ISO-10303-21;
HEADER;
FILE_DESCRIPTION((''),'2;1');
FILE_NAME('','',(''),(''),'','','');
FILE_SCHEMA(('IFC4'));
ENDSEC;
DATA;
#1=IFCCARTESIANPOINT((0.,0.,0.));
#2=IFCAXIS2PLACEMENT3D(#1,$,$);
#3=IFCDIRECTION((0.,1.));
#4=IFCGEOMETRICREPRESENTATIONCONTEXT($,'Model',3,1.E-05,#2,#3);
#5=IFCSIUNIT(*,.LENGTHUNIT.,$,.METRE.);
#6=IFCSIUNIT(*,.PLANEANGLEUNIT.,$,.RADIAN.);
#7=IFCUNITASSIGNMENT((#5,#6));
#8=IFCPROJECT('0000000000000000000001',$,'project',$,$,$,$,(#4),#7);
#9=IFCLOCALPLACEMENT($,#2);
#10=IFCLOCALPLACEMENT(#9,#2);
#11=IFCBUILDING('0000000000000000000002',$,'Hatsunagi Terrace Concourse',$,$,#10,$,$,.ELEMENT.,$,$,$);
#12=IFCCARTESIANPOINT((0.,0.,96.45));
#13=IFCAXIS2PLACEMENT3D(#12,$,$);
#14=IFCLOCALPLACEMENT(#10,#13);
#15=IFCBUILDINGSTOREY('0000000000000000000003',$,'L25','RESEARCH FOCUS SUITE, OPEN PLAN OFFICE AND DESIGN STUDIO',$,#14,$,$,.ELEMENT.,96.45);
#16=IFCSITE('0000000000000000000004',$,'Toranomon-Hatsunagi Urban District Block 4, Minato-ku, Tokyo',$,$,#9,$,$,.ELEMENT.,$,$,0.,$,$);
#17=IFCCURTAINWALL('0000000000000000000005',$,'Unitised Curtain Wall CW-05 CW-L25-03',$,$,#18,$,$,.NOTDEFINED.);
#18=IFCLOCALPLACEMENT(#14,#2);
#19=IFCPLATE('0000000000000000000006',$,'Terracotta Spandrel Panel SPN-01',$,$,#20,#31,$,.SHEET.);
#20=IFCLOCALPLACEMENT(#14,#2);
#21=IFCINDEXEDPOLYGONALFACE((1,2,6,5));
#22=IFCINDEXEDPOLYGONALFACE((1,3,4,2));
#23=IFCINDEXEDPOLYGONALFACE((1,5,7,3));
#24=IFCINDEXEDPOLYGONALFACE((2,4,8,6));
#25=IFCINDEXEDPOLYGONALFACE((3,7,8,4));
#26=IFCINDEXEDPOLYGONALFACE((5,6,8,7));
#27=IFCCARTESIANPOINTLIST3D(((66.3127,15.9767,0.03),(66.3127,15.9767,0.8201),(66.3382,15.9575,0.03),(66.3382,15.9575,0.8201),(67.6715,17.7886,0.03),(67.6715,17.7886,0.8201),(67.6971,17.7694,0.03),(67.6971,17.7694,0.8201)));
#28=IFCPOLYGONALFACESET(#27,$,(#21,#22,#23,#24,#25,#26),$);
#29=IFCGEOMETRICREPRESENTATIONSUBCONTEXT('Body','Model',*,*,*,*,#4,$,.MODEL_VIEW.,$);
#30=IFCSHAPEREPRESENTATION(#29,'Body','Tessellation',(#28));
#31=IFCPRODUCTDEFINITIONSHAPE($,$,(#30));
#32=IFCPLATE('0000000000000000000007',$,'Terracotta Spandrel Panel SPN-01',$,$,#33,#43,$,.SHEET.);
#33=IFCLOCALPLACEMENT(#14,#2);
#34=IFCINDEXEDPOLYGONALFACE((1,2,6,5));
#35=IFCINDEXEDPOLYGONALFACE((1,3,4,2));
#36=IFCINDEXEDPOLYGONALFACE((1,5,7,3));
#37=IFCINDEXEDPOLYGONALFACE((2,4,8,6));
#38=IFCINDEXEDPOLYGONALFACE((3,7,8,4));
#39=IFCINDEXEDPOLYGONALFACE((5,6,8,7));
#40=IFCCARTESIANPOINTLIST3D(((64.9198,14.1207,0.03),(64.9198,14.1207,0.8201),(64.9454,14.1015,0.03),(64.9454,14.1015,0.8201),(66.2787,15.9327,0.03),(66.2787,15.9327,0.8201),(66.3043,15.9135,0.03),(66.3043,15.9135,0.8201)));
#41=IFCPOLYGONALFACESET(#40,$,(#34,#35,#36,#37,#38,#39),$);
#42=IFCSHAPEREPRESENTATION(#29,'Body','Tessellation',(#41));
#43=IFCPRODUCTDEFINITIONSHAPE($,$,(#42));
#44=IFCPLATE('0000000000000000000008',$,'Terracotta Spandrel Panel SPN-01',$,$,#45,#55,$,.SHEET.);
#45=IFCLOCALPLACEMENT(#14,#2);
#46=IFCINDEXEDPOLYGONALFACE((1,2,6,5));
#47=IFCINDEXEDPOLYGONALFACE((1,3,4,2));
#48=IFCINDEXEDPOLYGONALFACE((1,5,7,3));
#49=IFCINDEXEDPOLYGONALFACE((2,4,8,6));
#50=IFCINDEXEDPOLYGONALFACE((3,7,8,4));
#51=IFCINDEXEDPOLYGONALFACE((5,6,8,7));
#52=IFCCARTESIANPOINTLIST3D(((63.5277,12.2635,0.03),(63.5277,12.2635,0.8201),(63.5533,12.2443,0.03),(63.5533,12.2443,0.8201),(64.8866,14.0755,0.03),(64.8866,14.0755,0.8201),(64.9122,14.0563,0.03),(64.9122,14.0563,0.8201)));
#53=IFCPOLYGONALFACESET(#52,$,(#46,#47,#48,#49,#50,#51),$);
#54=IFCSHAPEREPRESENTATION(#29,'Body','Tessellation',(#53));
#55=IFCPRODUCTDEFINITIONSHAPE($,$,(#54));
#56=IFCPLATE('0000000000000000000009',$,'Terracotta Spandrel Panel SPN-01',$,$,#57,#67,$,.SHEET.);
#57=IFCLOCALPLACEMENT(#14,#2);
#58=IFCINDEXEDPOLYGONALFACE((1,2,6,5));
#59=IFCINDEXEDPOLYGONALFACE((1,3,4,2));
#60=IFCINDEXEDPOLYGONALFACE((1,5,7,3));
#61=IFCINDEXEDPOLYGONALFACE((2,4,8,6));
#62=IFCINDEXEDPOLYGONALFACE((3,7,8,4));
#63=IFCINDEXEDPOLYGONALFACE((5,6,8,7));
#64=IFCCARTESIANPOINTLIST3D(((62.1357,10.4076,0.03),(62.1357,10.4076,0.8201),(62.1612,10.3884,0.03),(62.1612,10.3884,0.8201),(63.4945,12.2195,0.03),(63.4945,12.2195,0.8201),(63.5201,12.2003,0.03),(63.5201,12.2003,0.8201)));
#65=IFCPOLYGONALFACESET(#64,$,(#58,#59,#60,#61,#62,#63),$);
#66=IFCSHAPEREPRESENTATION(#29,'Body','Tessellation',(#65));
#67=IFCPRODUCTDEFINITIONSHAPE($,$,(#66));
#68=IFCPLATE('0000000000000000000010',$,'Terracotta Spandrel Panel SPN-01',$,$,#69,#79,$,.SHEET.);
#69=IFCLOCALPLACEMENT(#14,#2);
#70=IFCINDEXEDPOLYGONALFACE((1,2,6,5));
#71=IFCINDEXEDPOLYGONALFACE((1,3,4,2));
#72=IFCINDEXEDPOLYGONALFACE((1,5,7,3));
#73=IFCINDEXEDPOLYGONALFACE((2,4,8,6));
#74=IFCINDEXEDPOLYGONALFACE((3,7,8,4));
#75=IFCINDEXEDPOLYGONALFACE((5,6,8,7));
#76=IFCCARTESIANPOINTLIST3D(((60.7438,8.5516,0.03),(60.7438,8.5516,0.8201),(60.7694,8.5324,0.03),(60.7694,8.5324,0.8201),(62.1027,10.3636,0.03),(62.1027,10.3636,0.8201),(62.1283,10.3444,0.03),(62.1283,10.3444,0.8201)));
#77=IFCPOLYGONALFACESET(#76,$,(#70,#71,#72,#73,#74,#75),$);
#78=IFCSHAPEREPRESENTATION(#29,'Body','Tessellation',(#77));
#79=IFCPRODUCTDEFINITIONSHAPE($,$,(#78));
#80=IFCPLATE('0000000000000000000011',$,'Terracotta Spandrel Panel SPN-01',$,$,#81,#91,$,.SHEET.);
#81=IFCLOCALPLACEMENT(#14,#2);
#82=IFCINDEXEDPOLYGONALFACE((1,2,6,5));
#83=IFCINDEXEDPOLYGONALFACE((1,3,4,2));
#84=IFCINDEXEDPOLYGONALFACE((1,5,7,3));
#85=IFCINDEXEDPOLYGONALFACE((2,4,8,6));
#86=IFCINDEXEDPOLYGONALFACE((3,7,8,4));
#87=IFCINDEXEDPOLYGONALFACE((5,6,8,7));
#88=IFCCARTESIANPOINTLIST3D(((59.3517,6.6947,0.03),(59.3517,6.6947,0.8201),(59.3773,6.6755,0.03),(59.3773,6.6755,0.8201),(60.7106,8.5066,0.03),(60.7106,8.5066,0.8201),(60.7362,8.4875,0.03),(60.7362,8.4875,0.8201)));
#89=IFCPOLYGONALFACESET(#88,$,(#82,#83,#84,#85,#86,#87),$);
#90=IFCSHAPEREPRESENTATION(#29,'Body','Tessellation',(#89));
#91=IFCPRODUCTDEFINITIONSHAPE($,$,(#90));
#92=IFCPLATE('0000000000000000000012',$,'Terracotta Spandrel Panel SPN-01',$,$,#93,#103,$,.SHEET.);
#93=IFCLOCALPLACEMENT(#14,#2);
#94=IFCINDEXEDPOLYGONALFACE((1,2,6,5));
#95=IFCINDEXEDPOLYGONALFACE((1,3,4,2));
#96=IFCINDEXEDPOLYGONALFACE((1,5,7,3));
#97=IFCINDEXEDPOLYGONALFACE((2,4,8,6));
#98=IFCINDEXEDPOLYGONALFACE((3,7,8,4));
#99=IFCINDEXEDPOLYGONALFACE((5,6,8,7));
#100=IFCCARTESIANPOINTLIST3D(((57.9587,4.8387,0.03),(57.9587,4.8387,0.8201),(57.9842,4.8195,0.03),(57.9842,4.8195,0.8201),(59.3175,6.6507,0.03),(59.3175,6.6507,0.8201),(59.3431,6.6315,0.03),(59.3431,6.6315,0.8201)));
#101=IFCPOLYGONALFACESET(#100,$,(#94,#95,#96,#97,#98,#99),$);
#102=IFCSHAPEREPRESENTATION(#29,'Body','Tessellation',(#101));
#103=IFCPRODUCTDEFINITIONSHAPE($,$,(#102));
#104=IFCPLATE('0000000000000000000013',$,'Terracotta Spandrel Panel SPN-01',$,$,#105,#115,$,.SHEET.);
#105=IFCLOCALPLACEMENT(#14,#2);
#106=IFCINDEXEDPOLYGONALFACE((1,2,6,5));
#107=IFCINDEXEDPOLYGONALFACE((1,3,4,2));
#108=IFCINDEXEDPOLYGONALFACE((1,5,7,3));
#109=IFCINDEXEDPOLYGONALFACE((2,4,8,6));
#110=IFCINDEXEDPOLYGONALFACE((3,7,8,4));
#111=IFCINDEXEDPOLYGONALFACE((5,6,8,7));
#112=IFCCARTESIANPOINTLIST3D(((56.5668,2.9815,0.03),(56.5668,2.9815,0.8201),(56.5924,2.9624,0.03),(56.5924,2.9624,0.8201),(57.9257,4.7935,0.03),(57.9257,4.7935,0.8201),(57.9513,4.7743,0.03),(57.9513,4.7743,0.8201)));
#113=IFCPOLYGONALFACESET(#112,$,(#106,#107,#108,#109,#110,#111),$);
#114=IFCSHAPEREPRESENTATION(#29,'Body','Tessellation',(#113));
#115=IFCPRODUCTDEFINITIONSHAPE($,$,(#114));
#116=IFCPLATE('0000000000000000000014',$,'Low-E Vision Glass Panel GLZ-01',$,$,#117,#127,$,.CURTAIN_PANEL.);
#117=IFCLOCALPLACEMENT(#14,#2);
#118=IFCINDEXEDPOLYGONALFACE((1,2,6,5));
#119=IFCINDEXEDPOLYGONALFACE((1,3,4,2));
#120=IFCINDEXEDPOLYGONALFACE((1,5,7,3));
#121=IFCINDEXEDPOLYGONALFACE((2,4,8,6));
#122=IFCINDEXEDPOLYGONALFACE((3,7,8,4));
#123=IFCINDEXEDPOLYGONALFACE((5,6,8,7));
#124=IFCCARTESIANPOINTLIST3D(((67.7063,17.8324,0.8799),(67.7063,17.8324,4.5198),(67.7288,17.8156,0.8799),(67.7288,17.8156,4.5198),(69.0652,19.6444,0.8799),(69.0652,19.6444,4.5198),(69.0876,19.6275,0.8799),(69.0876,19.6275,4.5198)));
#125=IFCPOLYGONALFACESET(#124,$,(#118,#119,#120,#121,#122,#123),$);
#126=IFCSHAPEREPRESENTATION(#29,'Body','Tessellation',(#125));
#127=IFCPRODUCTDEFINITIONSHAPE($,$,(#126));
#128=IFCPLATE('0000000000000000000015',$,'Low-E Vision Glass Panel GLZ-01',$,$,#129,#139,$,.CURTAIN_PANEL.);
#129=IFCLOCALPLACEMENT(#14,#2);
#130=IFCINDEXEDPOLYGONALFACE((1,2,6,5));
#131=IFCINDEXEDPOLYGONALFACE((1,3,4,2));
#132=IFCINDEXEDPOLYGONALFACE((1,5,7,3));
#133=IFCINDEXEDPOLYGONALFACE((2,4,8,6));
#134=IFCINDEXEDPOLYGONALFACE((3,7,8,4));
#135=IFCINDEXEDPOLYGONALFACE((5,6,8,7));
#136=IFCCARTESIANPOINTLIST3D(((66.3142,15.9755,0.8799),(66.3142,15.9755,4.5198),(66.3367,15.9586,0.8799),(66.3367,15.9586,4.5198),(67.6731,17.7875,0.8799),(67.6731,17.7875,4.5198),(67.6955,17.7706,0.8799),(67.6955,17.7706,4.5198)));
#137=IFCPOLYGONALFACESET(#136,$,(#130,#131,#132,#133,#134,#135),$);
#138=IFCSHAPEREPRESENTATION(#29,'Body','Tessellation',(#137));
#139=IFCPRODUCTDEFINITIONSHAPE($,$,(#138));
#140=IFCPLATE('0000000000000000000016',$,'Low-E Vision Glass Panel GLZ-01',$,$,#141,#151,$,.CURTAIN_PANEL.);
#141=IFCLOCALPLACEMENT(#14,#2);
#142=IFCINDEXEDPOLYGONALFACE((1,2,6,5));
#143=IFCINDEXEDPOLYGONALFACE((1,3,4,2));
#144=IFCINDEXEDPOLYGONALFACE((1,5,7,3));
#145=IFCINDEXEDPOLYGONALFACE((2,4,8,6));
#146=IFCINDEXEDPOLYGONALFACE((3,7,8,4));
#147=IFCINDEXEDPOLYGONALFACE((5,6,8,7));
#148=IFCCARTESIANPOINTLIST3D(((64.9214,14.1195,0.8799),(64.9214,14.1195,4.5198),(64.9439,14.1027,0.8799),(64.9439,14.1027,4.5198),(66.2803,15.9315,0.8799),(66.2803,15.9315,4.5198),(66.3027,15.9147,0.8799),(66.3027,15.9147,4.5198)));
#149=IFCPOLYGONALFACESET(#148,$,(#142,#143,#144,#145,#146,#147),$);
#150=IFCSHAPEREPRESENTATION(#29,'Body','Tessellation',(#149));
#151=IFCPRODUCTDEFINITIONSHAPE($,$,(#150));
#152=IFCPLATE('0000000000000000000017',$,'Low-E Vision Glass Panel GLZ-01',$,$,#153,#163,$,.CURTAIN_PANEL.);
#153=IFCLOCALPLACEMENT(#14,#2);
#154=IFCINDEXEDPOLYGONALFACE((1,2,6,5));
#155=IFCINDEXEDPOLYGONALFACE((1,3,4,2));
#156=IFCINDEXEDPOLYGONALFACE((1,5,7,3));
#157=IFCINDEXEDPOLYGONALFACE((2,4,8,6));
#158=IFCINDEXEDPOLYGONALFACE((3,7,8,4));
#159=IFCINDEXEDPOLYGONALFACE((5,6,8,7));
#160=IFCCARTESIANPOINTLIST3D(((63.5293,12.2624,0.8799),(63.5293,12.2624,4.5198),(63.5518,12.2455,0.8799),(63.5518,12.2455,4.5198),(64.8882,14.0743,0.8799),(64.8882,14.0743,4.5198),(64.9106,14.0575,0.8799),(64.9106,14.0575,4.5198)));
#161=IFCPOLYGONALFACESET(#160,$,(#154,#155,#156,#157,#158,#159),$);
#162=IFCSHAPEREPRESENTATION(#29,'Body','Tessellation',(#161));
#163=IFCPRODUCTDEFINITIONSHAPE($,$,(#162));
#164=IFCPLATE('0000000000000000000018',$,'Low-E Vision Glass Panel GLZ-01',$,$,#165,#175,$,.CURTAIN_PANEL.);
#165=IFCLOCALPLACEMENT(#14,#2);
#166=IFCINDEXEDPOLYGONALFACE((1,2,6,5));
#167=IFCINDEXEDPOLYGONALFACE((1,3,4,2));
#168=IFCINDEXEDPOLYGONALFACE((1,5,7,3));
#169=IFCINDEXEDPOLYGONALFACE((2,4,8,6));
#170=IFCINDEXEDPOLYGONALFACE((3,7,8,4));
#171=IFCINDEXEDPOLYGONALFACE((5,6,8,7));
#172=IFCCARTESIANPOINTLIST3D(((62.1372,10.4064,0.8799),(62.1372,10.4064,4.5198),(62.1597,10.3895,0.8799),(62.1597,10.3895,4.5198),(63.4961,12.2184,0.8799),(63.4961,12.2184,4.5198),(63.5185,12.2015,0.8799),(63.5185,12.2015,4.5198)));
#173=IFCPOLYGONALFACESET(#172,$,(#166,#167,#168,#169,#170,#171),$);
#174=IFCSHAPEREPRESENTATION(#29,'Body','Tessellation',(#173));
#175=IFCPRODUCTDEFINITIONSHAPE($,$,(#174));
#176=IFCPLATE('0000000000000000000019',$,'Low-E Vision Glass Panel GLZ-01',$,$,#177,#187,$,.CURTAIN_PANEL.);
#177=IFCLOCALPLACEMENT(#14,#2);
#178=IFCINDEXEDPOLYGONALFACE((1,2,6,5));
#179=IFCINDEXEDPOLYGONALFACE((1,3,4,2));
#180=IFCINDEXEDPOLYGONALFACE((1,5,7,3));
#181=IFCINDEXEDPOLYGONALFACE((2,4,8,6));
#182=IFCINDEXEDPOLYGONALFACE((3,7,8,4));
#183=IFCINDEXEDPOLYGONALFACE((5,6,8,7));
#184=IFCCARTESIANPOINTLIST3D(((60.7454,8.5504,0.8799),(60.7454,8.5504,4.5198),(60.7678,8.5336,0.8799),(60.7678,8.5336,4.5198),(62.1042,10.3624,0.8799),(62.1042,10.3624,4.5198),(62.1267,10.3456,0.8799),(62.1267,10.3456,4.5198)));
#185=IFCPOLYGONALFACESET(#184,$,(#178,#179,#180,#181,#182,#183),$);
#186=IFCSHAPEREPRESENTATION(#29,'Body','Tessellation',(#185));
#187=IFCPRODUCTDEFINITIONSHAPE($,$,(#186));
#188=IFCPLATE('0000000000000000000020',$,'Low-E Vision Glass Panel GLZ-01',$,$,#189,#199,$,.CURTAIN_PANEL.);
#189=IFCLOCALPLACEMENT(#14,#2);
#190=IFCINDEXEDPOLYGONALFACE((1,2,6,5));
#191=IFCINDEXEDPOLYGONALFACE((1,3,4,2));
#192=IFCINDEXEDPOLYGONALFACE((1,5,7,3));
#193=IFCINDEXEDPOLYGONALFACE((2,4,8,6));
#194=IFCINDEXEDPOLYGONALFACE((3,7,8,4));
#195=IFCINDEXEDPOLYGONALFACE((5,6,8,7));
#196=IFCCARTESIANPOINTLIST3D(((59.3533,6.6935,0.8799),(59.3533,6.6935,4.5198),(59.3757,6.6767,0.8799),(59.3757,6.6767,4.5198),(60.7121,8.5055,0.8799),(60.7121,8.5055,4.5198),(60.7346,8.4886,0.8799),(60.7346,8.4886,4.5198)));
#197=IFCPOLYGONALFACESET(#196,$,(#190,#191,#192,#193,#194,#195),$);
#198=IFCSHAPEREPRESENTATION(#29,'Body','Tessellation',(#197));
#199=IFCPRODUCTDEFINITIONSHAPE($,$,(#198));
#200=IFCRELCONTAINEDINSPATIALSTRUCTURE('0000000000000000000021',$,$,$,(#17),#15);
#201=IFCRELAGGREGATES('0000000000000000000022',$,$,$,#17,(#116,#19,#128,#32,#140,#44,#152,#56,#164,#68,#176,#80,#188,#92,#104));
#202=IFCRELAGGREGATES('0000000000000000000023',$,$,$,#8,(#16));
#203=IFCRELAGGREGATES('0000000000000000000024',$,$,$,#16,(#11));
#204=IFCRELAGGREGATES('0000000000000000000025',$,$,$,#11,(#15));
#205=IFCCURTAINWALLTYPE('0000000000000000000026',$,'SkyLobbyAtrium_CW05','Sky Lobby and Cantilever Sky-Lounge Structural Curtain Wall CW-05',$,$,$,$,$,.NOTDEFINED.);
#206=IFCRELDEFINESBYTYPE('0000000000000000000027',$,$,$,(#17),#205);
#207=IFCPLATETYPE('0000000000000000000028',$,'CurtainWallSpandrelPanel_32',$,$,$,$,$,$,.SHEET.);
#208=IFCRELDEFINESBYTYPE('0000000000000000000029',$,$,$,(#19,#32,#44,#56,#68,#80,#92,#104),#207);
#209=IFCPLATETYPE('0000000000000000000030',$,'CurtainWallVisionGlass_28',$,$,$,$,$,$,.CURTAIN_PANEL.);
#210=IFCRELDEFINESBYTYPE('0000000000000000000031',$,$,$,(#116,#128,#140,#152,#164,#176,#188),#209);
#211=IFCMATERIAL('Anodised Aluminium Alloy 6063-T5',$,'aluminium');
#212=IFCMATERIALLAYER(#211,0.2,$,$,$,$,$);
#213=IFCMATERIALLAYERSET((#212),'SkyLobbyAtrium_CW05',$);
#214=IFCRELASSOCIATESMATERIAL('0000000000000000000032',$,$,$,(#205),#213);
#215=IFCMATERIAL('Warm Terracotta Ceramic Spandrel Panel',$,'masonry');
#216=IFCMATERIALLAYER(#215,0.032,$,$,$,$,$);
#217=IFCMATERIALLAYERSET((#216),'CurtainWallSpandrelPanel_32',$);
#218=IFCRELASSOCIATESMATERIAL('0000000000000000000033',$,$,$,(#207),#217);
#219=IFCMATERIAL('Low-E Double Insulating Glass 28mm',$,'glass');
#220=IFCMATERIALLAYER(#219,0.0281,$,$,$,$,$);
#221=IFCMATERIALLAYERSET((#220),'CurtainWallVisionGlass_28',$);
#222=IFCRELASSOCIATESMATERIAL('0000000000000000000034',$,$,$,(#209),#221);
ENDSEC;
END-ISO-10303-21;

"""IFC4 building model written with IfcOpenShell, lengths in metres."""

from ifc_helpers import new_model, si_unit, direction, frame, origin, origin_2d, place, context, subcontext, project, spatial, rectangle, extrude, material, layer, layer_set, type_object, element, aggregate, save


model = new_model("IFC4")

# Units and contexts
model_context = context("Model", 3, precision=1e-05, world=origin(), true_north=direction((0.0, 1.0)))
body_context = subcontext(model_context, "Body", "Model", "MODEL_VIEW")
ifc_project = project(units=[si_unit("LENGTHUNIT", "METRE"), si_unit("PLANEANGLEUNIT", "RADIAN")], contexts=[model_context])

# Site, building, storey
site_placement = place(None, origin())
site = spatial("IfcSite", under=ifc_project, at=site_placement, Name="Toranomon-Hatsunagi Urban District Block 4, Minato-ku, Tokyo", CompositionType="ELEMENT", RefElevation=0.0)
building_placement = place(site_placement, origin())
building = spatial("IfcBuilding", under=site, at=building_placement, Name="Hatsunagi Terrace Concourse", CompositionType="ELEMENT")
storey_placement = place(building_placement, frame((0.0, 0.0, 96.45)))
storey = spatial("IfcBuildingStorey", under=building, at=storey_placement, Name="L25", Description="RESEARCH FOCUS SUITE, OPEN PLAN OFFICE AND DESIGN STUDIO", CompositionType="ELEMENT", Elevation=96.45)

# Curtain wall
ifc_material_1 = material(Name="Anodised Aluminium Alloy 6063-T5", Category="aluminium")
ifc_layer_1 = layer(ifc_material_1, 0.2)
ifc_layer_set_1 = layer_set([ifc_layer_1], Name="SkyLobbyAtrium_CW05")
curtain_wall_type = type_object("IfcCurtainWallType", Name="SkyLobbyAtrium_CW05", Description="Sky Lobby and Cantilever Sky-Lounge Structural Curtain Wall CW-05", PredefinedType="NOTDEFINED", material=ifc_layer_set_1)
curtain_wall_placement = place(storey_placement, origin())
curtain_wall = element("IfcCurtainWall", 1, at=curtain_wall_placement, inside=storey, type_object=curtain_wall_type, Name="Unitised Curtain Wall CW-05 CW-L25-03", PredefinedType="NOTDEFINED")

# Plates
ifc_material_2 = material(Name="Warm Terracotta Ceramic Spandrel Panel", Category="masonry")
ifc_layer_2 = layer(ifc_material_2, 0.032)
ifc_layer_set_2 = layer_set([ifc_layer_2], Name="CurtainWallSpandrelPanel_32")
plate_type_1 = type_object("IfcPlateType", Name="CurtainWallSpandrelPanel_32", PredefinedType="SHEET", material=ifc_layer_set_2)
plate_1_placement = place(storey_placement, frame((67.0049, 16.873, 0.03), z_axis=(0.0, 0.0, 1.0), x_axis=(-0.599969, -0.800023, 0.0)))
plate_1 = element("IfcPlate", 2, at=plate_1_placement, type_object=plate_type_1, Name="Terracotta Spandrel Panel SPN-01", PredefinedType="SHEET", context=body_context, shape_type="SweptSolid", body=[
    extrude(rectangle(XDim=2.2649, YDim=0.032, at=origin_2d()), origin(), (0.0, 0.0, 1.0), 0.79),
])
plate_2_placement = place(storey_placement, frame((65.6121, 15.0171, 0.03), z_axis=(0.0, 0.0, 1.0), x_axis=(-0.599969, -0.800023, 0.0)))
plate_2 = element("IfcPlate", 3, at=plate_2_placement, type_object=plate_type_1, Name="Terracotta Spandrel Panel SPN-01", PredefinedType="SHEET", context=body_context, shape_type="SweptSolid", body=[
    extrude(rectangle(XDim=2.2649, YDim=0.032, at=origin_2d()), origin(), (0.0, 0.0, 1.0), 0.79),
])
plate_3_placement = place(storey_placement, frame((64.22, 13.1599, 0.03), z_axis=(0.0, 0.0, 1.0), x_axis=(-0.599969, -0.800023, 0.0)))
plate_3 = element("IfcPlate", 4, at=plate_3_placement, type_object=plate_type_1, Name="Terracotta Spandrel Panel SPN-01", PredefinedType="SHEET", context=body_context, shape_type="SweptSolid", body=[
    extrude(rectangle(XDim=2.2649, YDim=0.032, at=origin_2d()), origin(), (0.0, 0.0, 1.0), 0.79),
])
plate_4_placement = place(storey_placement, frame((62.8279, 11.304, 0.03), z_axis=(0.0, 0.0, 1.0), x_axis=(-0.599969, -0.800023, 0.0)))
plate_4 = element("IfcPlate", 5, at=plate_4_placement, type_object=plate_type_1, Name="Terracotta Spandrel Panel SPN-01", PredefinedType="SHEET", context=body_context, shape_type="SweptSolid", body=[
    extrude(rectangle(XDim=2.2649, YDim=0.032, at=origin_2d()), origin(), (0.0, 0.0, 1.0), 0.79),
])
plate_5_placement = place(storey_placement, frame((61.436, 9.448, 0.03), z_axis=(0.0, 0.0, 1.0), x_axis=(-0.599969, -0.800023, 0.0)))
plate_5 = element("IfcPlate", 6, at=plate_5_placement, type_object=plate_type_1, Name="Terracotta Spandrel Panel SPN-01", PredefinedType="SHEET", context=body_context, shape_type="SweptSolid", body=[
    extrude(rectangle(XDim=2.2649, YDim=0.032, at=origin_2d()), origin(), (0.0, 0.0, 1.0), 0.79),
])
plate_6_placement = place(storey_placement, frame((60.0439, 7.5911, 0.03), z_axis=(0.0, 0.0, 1.0), x_axis=(-0.599969, -0.800023, 0.0)))
plate_6 = element("IfcPlate", 7, at=plate_6_placement, type_object=plate_type_1, Name="Terracotta Spandrel Panel SPN-01", PredefinedType="SHEET", context=body_context, shape_type="SweptSolid", body=[
    extrude(rectangle(XDim=2.2649, YDim=0.032, at=origin_2d()), origin(), (0.0, 0.0, 1.0), 0.79),
])
plate_7_placement = place(storey_placement, frame((58.6509, 5.7351, 0.03), z_axis=(0.0, 0.0, 1.0), x_axis=(-0.599969, -0.800023, 0.0)))
plate_7 = element("IfcPlate", 8, at=plate_7_placement, type_object=plate_type_1, Name="Terracotta Spandrel Panel SPN-01", PredefinedType="SHEET", context=body_context, shape_type="SweptSolid", body=[
    extrude(rectangle(XDim=2.2649, YDim=0.032, at=origin_2d()), origin(), (0.0, 0.0, 1.0), 0.79),
])
plate_8_placement = place(storey_placement, frame((57.259, 3.8779, 0.03), z_axis=(0.0, 0.0, 1.0), x_axis=(-0.599969, -0.800023, 0.0)))
plate_8 = element("IfcPlate", 9, at=plate_8_placement, type_object=plate_type_1, Name="Terracotta Spandrel Panel SPN-01", PredefinedType="SHEET", context=body_context, shape_type="SweptSolid", body=[
    extrude(rectangle(XDim=2.2649, YDim=0.032, at=origin_2d()), origin(), (0.0, 0.0, 1.0), 0.79),
])
ifc_material_3 = material(Name="Low-E Double Insulating Glass 28mm", Category="glass")
ifc_layer_3 = layer(ifc_material_3, 0.0281)
ifc_layer_set_3 = layer_set([ifc_layer_3], Name="CurtainWallVisionGlass_28")
plate_type_2 = type_object("IfcPlateType", Name="CurtainWallVisionGlass_28", PredefinedType="CURTAIN_PANEL", material=ifc_layer_set_3)
plate_9_placement = place(storey_placement, frame((68.397, 18.73, 0.8799), z_axis=(0.0, 0.0, 1.0), x_axis=(-0.599969, -0.800023, 0.0)))
plate_9 = element("IfcPlate", 10, at=plate_9_placement, type_object=plate_type_2, Name="Low-E Vision Glass Panel GLZ-01", PredefinedType="CURTAIN_PANEL", context=body_context, shape_type="SweptSolid", body=[
    extrude(rectangle(XDim=2.2649, YDim=0.0281, at=origin_2d()), origin(), (0.0, 0.0, 1.0), 3.6399),
])
plate_10_placement = place(storey_placement, frame((67.0049, 16.873, 0.8799), z_axis=(0.0, 0.0, 1.0), x_axis=(-0.599969, -0.800023, 0.0)))
plate_10 = element("IfcPlate", 11, at=plate_10_placement, type_object=plate_type_2, Name="Low-E Vision Glass Panel GLZ-01", PredefinedType="CURTAIN_PANEL", context=body_context, shape_type="SweptSolid", body=[
    extrude(rectangle(XDim=2.2649, YDim=0.0281, at=origin_2d()), origin(), (0.0, 0.0, 1.0), 3.6399),
])
plate_11_placement = place(storey_placement, frame((65.6121, 15.0171, 0.8799), z_axis=(0.0, 0.0, 1.0), x_axis=(-0.599969, -0.800023, 0.0)))
plate_11 = element("IfcPlate", 12, at=plate_11_placement, type_object=plate_type_2, Name="Low-E Vision Glass Panel GLZ-01", PredefinedType="CURTAIN_PANEL", context=body_context, shape_type="SweptSolid", body=[
    extrude(rectangle(XDim=2.2649, YDim=0.0281, at=origin_2d()), origin(), (0.0, 0.0, 1.0), 3.6399),
])
plate_12_placement = place(storey_placement, frame((64.22, 13.1599, 0.8799), z_axis=(0.0, 0.0, 1.0), x_axis=(-0.599969, -0.800023, 0.0)))
plate_12 = element("IfcPlate", 13, at=plate_12_placement, type_object=plate_type_2, Name="Low-E Vision Glass Panel GLZ-01", PredefinedType="CURTAIN_PANEL", context=body_context, shape_type="SweptSolid", body=[
    extrude(rectangle(XDim=2.2649, YDim=0.0281, at=origin_2d()), origin(), (0.0, 0.0, 1.0), 3.6399),
])
plate_13_placement = place(storey_placement, frame((62.8279, 11.304, 0.8799), z_axis=(0.0, 0.0, 1.0), x_axis=(-0.599969, -0.800023, 0.0)))
plate_13 = element("IfcPlate", 14, at=plate_13_placement, type_object=plate_type_2, Name="Low-E Vision Glass Panel GLZ-01", PredefinedType="CURTAIN_PANEL", context=body_context, shape_type="SweptSolid", body=[
    extrude(rectangle(XDim=2.2649, YDim=0.0281, at=origin_2d()), origin(), (0.0, 0.0, 1.0), 3.6399),
])
plate_14_placement = place(storey_placement, frame((61.436, 9.448, 0.8799), z_axis=(0.0, 0.0, 1.0), x_axis=(-0.599969, -0.800023, 0.0)))
plate_14 = element("IfcPlate", 15, at=plate_14_placement, type_object=plate_type_2, Name="Low-E Vision Glass Panel GLZ-01", PredefinedType="CURTAIN_PANEL", context=body_context, shape_type="SweptSolid", body=[
    extrude(rectangle(XDim=2.2649, YDim=0.0281, at=origin_2d()), origin(), (0.0, 0.0, 1.0), 3.6399),
])
plate_15_placement = place(storey_placement, frame((60.0439, 7.5911, 0.8799), z_axis=(0.0, 0.0, 1.0), x_axis=(-0.599969, -0.800023, 0.0)))
plate_15 = element("IfcPlate", 16, at=plate_15_placement, type_object=plate_type_2, Name="Low-E Vision Glass Panel GLZ-01", PredefinedType="CURTAIN_PANEL", context=body_context, shape_type="SweptSolid", body=[
    extrude(rectangle(XDim=2.2649, YDim=0.0281, at=origin_2d()), origin(), (0.0, 0.0, 1.0), 3.6399),
])
aggregate(curtain_wall, [plate_9, plate_1, plate_10, plate_2, plate_11, plate_3, plate_12, plate_4, plate_13, plate_5, plate_14, plate_6, plate_15, plate_7, plate_8])

save(model, "model.ifc")
